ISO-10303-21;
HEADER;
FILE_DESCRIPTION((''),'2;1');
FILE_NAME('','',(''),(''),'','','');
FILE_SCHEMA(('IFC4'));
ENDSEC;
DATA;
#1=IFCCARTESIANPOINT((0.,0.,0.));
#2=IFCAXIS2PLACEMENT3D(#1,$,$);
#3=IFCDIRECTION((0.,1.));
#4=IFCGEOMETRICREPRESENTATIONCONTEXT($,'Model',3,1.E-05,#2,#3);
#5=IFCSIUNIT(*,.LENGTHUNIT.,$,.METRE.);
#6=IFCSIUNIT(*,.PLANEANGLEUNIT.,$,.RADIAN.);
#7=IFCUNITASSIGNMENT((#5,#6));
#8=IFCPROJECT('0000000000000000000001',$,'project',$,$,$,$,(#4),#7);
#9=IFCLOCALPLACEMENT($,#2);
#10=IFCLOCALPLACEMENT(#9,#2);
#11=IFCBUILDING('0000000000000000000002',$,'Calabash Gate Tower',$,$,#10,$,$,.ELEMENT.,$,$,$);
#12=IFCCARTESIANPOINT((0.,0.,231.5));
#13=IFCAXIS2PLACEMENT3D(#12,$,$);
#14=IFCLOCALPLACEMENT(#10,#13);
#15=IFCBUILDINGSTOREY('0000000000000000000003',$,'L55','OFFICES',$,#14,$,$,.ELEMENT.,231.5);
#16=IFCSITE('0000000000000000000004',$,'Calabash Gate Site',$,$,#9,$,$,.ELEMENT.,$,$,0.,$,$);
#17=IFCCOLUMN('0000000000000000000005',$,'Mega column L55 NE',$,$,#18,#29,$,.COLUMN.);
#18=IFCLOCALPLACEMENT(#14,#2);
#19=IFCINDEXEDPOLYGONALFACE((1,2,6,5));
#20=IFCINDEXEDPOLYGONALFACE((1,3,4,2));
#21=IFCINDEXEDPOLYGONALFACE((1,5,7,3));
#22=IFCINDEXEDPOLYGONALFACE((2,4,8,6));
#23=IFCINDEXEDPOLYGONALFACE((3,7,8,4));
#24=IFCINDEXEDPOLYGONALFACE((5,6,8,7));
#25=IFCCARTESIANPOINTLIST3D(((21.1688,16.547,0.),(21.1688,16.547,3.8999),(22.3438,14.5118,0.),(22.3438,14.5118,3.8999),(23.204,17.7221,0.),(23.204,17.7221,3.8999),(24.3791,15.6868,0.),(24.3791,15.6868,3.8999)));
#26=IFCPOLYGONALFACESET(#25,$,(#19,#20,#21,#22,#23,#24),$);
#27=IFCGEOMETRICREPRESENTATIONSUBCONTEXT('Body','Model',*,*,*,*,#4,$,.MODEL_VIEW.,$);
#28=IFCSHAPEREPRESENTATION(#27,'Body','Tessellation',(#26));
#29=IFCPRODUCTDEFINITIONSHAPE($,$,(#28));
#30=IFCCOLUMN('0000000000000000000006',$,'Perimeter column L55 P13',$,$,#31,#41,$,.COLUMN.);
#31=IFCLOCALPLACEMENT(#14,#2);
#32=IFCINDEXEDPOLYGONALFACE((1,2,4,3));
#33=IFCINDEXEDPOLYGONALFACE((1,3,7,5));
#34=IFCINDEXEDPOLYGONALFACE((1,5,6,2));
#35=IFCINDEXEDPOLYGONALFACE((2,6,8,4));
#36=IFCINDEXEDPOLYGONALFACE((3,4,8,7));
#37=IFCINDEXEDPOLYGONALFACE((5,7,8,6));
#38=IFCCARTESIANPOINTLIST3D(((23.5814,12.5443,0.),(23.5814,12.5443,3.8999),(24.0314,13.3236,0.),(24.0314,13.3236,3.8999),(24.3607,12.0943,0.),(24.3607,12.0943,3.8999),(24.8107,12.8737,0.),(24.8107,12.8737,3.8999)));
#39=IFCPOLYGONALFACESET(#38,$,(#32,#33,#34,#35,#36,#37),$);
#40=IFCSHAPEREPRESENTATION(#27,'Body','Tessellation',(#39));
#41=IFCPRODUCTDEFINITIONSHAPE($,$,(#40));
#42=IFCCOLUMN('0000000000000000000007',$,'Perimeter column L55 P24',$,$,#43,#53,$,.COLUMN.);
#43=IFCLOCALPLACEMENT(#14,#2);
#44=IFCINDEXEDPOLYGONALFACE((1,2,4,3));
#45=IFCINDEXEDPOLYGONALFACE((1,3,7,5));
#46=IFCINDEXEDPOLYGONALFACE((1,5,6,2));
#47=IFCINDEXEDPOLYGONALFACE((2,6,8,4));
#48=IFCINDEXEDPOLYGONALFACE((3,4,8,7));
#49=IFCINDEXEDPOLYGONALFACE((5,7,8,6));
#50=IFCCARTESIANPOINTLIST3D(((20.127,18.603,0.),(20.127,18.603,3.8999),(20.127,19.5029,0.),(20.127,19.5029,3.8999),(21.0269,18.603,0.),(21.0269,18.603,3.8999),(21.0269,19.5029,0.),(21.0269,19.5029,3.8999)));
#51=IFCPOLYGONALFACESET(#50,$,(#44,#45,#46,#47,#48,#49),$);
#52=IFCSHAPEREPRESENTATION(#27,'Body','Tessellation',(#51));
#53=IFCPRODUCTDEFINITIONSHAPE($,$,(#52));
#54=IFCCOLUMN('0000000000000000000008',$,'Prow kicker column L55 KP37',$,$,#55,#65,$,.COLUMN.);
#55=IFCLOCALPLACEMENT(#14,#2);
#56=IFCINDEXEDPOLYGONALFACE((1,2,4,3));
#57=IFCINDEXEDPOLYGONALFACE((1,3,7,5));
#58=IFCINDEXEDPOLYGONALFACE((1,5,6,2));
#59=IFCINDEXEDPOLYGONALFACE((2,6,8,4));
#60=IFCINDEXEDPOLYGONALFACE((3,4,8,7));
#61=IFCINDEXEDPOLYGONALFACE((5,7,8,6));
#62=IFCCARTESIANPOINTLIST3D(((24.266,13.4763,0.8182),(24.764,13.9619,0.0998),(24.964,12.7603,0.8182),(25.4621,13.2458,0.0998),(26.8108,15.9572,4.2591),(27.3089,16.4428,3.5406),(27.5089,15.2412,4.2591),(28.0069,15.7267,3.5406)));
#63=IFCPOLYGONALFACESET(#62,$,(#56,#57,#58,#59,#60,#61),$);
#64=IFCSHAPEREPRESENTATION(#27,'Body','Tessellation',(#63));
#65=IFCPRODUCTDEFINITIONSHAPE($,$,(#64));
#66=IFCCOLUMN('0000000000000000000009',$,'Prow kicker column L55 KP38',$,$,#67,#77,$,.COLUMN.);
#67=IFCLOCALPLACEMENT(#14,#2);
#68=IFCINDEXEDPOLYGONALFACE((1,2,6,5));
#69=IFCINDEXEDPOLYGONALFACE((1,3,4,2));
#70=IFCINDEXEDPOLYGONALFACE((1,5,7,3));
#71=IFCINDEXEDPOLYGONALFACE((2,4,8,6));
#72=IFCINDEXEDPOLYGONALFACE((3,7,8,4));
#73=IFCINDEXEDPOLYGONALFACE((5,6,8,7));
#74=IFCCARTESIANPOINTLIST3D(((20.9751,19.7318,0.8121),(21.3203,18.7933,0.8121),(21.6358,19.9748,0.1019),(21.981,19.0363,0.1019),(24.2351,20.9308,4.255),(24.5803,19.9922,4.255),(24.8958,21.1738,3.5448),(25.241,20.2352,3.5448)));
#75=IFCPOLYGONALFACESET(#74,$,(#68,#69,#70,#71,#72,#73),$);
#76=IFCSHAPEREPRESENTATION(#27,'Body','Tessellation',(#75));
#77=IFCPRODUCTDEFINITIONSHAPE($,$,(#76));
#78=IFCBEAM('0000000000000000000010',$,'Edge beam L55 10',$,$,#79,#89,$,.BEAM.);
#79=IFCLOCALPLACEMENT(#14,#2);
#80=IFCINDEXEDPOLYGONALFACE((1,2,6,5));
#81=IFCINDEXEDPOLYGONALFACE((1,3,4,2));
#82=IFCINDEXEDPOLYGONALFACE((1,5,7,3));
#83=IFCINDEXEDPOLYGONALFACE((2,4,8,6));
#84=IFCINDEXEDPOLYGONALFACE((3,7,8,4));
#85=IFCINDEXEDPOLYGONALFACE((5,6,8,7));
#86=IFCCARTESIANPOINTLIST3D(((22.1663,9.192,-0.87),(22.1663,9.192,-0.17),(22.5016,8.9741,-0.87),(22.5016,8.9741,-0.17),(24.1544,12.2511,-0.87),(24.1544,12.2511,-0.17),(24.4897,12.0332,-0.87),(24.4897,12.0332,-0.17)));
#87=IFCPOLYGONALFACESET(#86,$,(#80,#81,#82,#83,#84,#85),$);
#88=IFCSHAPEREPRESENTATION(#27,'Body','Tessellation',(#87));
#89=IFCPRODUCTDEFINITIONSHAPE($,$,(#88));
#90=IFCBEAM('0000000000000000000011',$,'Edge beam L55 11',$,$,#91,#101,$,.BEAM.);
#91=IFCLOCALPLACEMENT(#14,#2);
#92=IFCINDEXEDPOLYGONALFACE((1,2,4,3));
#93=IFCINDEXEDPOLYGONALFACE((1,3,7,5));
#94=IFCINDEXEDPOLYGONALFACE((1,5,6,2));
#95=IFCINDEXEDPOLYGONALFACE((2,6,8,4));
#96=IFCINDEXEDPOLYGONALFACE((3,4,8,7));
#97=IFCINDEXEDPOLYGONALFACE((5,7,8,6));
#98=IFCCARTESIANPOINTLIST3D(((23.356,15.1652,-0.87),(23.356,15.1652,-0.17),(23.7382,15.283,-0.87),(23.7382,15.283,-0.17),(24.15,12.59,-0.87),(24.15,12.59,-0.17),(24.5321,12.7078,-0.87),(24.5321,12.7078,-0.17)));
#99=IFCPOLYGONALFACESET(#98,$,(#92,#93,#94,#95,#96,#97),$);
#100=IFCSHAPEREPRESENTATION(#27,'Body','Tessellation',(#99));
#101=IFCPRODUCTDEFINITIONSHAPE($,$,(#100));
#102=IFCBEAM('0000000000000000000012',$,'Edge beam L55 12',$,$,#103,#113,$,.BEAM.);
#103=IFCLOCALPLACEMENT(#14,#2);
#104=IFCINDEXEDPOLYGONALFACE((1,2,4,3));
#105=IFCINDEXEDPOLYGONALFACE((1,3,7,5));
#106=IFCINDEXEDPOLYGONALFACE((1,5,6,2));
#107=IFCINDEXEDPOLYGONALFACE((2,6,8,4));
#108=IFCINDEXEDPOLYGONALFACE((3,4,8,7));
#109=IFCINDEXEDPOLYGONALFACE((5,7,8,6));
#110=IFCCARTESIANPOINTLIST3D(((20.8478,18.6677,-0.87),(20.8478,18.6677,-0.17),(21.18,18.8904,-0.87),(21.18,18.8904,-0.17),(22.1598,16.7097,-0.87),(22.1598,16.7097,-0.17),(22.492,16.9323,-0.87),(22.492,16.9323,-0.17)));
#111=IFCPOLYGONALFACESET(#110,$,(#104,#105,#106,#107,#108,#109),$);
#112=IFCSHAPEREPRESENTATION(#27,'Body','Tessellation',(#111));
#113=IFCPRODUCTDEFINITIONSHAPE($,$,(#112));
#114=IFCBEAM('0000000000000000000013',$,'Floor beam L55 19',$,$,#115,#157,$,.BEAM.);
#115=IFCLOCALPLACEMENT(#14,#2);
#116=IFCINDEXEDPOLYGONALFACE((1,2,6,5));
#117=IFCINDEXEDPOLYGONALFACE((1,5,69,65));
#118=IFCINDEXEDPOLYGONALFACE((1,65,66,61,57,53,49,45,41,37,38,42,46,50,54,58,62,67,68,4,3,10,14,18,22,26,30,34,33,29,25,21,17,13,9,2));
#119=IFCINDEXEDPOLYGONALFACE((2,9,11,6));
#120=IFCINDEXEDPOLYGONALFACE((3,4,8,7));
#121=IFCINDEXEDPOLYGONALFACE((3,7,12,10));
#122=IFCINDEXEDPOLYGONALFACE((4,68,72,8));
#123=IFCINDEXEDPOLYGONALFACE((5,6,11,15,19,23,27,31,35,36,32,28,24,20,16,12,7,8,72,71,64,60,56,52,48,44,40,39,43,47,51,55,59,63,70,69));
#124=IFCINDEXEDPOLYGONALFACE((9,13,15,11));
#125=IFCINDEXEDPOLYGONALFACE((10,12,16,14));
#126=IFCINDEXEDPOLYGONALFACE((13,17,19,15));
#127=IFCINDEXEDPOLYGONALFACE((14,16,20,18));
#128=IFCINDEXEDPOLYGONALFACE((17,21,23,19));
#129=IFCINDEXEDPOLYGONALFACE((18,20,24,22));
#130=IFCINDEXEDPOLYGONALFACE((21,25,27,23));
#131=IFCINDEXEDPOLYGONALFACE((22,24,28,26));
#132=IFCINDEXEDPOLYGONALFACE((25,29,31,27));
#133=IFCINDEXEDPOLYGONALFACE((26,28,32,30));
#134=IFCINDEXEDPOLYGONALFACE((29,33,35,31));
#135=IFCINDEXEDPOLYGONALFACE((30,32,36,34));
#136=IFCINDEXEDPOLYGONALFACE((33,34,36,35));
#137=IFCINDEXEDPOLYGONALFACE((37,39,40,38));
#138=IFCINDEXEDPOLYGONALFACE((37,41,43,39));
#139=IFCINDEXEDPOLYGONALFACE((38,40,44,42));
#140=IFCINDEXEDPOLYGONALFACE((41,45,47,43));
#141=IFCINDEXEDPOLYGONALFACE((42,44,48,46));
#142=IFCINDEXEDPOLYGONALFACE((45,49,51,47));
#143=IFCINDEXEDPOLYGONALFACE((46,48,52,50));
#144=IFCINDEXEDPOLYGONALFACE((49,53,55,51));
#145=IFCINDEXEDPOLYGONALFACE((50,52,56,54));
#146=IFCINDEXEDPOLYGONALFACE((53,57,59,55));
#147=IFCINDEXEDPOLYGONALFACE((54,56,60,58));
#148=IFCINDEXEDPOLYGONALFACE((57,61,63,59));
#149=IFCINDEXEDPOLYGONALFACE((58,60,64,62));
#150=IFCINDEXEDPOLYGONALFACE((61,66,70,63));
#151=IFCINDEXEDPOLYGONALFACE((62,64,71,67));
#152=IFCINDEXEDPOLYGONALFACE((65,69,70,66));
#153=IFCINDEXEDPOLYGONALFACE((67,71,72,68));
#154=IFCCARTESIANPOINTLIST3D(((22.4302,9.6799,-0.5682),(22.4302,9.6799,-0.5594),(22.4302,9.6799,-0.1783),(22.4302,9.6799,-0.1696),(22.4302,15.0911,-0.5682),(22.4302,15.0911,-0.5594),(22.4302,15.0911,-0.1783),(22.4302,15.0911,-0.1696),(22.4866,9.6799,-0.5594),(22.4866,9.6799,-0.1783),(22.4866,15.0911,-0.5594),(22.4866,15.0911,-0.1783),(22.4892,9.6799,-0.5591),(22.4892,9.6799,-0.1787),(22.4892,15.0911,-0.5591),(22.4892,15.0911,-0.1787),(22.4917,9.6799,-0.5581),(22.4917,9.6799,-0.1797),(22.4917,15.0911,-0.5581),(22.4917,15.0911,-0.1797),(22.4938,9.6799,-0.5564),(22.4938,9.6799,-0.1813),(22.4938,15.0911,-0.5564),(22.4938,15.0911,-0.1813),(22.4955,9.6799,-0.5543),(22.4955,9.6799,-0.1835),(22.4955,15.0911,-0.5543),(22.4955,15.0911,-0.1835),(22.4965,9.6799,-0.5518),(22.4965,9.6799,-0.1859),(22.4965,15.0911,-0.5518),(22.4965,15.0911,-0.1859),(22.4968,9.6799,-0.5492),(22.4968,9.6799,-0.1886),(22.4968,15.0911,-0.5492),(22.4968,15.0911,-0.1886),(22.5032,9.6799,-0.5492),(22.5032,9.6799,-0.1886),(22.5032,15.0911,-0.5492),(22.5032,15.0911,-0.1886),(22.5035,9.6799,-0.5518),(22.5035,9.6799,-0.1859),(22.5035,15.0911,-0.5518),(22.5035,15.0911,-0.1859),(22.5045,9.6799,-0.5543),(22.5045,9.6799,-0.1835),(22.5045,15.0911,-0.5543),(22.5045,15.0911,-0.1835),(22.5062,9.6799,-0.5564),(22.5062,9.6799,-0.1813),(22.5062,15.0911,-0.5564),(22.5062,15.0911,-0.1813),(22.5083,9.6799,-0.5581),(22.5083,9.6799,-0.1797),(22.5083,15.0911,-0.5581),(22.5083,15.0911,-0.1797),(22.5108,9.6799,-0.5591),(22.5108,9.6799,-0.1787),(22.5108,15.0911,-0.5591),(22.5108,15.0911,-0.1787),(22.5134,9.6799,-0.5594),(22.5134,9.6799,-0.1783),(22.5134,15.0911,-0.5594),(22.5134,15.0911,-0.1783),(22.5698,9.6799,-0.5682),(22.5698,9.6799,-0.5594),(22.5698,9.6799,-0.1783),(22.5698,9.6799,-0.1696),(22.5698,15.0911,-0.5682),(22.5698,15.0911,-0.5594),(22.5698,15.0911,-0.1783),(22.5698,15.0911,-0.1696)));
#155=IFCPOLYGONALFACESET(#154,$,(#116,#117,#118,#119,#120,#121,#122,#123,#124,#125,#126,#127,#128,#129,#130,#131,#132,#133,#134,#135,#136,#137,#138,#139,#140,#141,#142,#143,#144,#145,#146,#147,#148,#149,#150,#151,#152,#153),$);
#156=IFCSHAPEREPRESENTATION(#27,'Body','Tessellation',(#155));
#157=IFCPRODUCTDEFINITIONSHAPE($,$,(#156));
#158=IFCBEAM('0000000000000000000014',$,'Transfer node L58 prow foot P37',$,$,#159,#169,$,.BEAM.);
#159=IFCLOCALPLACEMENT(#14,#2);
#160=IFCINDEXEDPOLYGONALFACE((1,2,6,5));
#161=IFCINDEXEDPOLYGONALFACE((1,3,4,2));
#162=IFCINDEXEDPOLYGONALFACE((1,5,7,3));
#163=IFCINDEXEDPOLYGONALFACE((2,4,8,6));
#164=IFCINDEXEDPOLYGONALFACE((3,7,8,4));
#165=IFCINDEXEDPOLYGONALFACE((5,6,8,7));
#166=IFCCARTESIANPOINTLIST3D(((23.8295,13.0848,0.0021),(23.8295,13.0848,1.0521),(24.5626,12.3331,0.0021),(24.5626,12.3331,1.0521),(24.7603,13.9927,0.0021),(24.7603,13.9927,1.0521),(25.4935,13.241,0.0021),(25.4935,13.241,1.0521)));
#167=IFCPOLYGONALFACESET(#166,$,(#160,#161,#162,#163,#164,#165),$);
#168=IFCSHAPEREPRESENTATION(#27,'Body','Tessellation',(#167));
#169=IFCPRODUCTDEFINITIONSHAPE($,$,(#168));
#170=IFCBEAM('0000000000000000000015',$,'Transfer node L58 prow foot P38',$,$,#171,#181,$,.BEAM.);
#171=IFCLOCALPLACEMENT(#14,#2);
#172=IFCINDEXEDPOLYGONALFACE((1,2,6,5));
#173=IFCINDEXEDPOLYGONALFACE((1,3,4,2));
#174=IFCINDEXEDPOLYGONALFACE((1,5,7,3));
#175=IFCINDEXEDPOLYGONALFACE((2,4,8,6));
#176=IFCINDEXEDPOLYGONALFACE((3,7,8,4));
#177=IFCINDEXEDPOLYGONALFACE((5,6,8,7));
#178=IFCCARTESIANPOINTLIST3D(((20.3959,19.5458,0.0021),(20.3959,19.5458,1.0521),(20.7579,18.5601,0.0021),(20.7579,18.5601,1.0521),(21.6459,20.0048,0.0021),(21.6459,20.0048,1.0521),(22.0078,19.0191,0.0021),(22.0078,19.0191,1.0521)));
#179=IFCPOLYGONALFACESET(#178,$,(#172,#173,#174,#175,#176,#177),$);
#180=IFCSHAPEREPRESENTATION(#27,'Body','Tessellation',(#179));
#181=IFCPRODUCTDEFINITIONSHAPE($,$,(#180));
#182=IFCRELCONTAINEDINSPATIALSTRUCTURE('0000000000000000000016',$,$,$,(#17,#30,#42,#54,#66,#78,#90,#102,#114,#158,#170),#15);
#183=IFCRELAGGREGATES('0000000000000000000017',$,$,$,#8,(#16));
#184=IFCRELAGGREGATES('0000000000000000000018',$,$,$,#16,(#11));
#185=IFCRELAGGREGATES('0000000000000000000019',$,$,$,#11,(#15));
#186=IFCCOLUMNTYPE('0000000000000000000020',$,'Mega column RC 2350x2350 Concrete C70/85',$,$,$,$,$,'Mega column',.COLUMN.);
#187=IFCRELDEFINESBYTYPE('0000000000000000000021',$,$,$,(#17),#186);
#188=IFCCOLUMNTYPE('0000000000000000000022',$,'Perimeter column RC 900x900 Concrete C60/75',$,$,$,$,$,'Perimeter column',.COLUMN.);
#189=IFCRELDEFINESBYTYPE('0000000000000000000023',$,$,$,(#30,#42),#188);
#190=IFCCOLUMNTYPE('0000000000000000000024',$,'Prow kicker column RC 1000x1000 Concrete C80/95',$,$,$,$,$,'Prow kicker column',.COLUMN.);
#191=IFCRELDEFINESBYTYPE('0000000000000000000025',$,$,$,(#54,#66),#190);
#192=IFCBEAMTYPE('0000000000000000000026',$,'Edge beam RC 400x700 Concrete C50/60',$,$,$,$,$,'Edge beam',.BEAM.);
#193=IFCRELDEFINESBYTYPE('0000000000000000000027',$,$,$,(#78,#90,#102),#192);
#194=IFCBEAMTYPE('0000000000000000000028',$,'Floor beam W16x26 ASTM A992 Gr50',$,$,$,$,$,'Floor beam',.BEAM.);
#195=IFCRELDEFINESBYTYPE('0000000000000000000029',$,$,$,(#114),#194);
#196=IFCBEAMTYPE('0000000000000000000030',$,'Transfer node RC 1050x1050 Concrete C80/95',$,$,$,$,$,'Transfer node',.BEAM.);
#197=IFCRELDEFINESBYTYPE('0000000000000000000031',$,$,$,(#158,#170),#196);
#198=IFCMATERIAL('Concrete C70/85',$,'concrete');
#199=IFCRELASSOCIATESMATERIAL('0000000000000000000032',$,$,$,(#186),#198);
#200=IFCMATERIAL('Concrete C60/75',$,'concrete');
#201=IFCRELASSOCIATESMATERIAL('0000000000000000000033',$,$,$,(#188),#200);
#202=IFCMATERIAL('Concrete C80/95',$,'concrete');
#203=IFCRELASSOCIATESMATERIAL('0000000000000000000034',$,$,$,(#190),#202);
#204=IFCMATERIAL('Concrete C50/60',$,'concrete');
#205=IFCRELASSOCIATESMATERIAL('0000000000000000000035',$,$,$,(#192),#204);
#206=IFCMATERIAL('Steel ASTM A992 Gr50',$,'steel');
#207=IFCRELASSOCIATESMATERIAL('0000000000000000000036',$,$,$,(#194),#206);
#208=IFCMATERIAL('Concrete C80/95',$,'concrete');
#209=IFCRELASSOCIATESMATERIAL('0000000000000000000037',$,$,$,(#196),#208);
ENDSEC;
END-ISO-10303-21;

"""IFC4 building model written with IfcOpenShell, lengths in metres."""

from ifc_helpers import new_model, si_unit, direction, frame, origin, origin_2d, place, context, subcontext, project, spatial, rectangle, i_section, extrude, material, material_profile, profile_set, type_object, element, save


model = new_model("IFC4")

# Units and contexts
model_context = context("Model", 3, precision=1e-05, world=origin(), true_north=direction((0.0, 1.0)))
body_context = subcontext(model_context, "Body", "Model", "MODEL_VIEW")
ifc_project = project(units=[si_unit("LENGTHUNIT", "METRE"), si_unit("PLANEANGLEUNIT", "RADIAN")], contexts=[model_context])

# Site, building, storey
site_placement = place(None, origin())
site = spatial("IfcSite", under=ifc_project, at=site_placement, Name="Calabash Gate Site", CompositionType="ELEMENT", RefElevation=0.0)
building_placement = place(site_placement, origin())
building = spatial("IfcBuilding", under=site, at=building_placement, Name="Calabash Gate Tower", CompositionType="ELEMENT")
storey_placement = place(building_placement, frame((0.0, 0.0, 231.5)))
storey = spatial("IfcBuildingStorey", under=building, at=storey_placement, Name="L55", Description="OFFICES", CompositionType="ELEMENT", Elevation=231.5)

# Columns
ifc_material_1 = material(Name="Concrete C70/85", Category="concrete")
ifc_material_profile_1 = material_profile(ifc_material_1, rectangle(XDim=2.3501, YDim=2.3501, at=origin_2d()))
ifc_profile_set_1 = profile_set([ifc_material_profile_1], Name="Concrete C70/85")
column_type_1 = type_object("IfcColumnType", Name="Mega column RC 2350x2350 Concrete C70/85", ElementType="Mega column", PredefinedType="COLUMN", material=ifc_profile_set_1)
column_1_placement = place(storey_placement, frame((22.7739, 16.1169, 0.0), z_axis=(0.0, 0.0, 1.0), x_axis=(-0.866025, -0.5, 0.0)))
element("IfcColumn", 1, at=column_1_placement, inside=storey, type_object=column_type_1, Name="Mega column L55 NE", PredefinedType="COLUMN", context=body_context, shape_type="SweptSolid", body=[
    extrude(rectangle(XDim=2.3501, YDim=2.3501, at=origin_2d()), origin(), (0.0, 0.0, 1.0), 3.8999),
])
ifc_material_2 = material(Name="Concrete C60/75", Category="concrete")
ifc_material_profile_2 = material_profile(ifc_material_2, rectangle(XDim=0.8999, YDim=0.8999, at=origin_2d()))
ifc_profile_set_2 = profile_set([ifc_material_profile_2], Name="Concrete C60/75")
column_type_2 = type_object("IfcColumnType", Name="Perimeter column RC 900x900 Concrete C60/75", ElementType="Perimeter column", PredefinedType="COLUMN", material=ifc_profile_set_2)
for number, where, z_axis, x_axis, name in (
    (2, (24.196, 12.709, 0.0), (0.0, 0.0, 1.0), (0.5, 0.866025, 0.0), "Perimeter column L55 P13"),
    (3, (20.5769, 19.053, 0.0), (0.0, 0.0, 1.0), (-1.0, 0.0, 0.0), "Perimeter column L55 P24"),
):
    element("IfcColumn", number, at=place(storey_placement, frame(where, z_axis=z_axis, x_axis=x_axis)), inside=storey, type_object=column_type_2, Name=name, PredefinedType="COLUMN", context=body_context, shape_type="SweptSolid", body=[
        extrude(rectangle(XDim=0.8999, YDim=0.8999, at=origin_2d()), origin(), (0.0, 0.0, 1.0), 3.8999),
    ])
ifc_material_3 = material(Name="Concrete C80/95", Category="concrete")
ifc_material_profile_3 = material_profile(ifc_material_3, rectangle(XDim=1.0, YDim=1.0, at=origin_2d()))
ifc_profile_set_3 = profile_set([ifc_material_profile_3], Name="Concrete C80/95")
column_type_3 = type_object("IfcColumnType", Name="Prow kicker column RC 1000x1000 Concrete C80/95", ElementType="Prow kicker column", PredefinedType="COLUMN", material=ifc_profile_set_3)
column_2_placement = place(storey_placement, frame((24.864, 13.3611, 0.459), z_axis=(0.514449, 0.501519, 0.695572), x_axis=(-0.498063, -0.485545, 0.718456)))
element("IfcColumn", 4, at=column_2_placement, inside=storey, type_object=column_type_3, Name="Prow kicker column L55 KP37", PredefinedType="COLUMN", context=body_context, shape_type="SweptSolid", body=[
    extrude(rectangle(XDim=1.0, YDim=1.0, at=origin_2d()), origin(), (0.0, 0.0, 1.0), 4.9468),
])
column_3_placement = place(storey_placement, frame((21.478, 19.384, 0.457), z_axis=(0.666579, 0.245156, 0.703968), x_axis=(-0.660701, -0.242994, 0.710231)))
element("IfcColumn", 5, at=column_3_placement, inside=storey, type_object=column_type_3, Name="Prow kicker column L55 KP38", PredefinedType="COLUMN", context=body_context, shape_type="SweptSolid", body=[
    extrude(rectangle(XDim=1.0, YDim=1.0, at=origin_2d()), origin(), (0.0, 0.0, 1.0), 4.8906),
])

# Beams
ifc_material_4 = material(Name="Concrete C50/60", Category="concrete")
ifc_material_profile_4 = material_profile(ifc_material_4, rectangle(XDim=0.3999, YDim=0.7, at=origin_2d()))
ifc_profile_set_4 = profile_set([ifc_material_profile_4], Name="Concrete C50/60")
beam_type_1 = type_object("IfcBeamType", Name="Edge beam RC 400x700 Concrete C50/60", ElementType="Edge beam", PredefinedType="BEAM", material=ifc_profile_set_4)
beam_1_placement = place(storey_placement, frame((22.334, 9.083, -0.52), z_axis=(0.544918, 0.838489, 0.0), x_axis=(-0.838489, 0.544918, 0.0)))
element("IfcBeam", 6, at=beam_1_placement, inside=storey, type_object=beam_type_1, Name="Edge beam L55 10", PredefinedType="BEAM", context=body_context, shape_type="SweptSolid", body=[
    extrude(rectangle(XDim=0.3999, YDim=0.7, at=origin_2d()), origin(), (0.0, 0.0, 1.0), 3.6484),
])
beam_2_placement = place(storey_placement, frame((24.3411, 12.6489, -0.52), z_axis=(-0.294621, 0.955614, 0.0), x_axis=(-0.955614, -0.294621, 0.0)))
element("IfcBeam", 7, at=beam_2_placement, inside=storey, type_object=beam_type_1, Name="Edge beam L55 11", PredefinedType="BEAM", context=body_context, shape_type="SweptSolid", body=[
    extrude(rectangle(XDim=0.3999, YDim=0.7, at=origin_2d()), origin(), (0.0, 0.0, 1.0), 2.6948),
])
beam_3_placement = place(storey_placement, frame((22.3259, 16.821, -0.52), z_axis=(-0.556659, 0.830741, 0.0), x_axis=(-0.830741, -0.556659, 0.0)))
element("IfcBeam", 8, at=beam_3_placement, inside=storey, type_object=beam_type_1, Name="Edge beam L55 12", PredefinedType="BEAM", context=body_context, shape_type="SweptSolid", body=[
    extrude(rectangle(XDim=0.3999, YDim=0.7, at=origin_2d()), origin(), (0.0, 0.0, 1.0), 2.3569),
])
ifc_material_5 = material(Name="Steel ASTM A992 Gr50", Category="steel")
ifc_material_profile_5 = material_profile(ifc_material_5, i_section(OverallWidth=0.1396, OverallDepth=0.3987, WebThickness=0.0063, FlangeThickness=0.0088, FilletRadius=0.0103, at=origin_2d()))
ifc_profile_set_5 = profile_set([ifc_material_profile_5], Name="Steel ASTM A992 Gr50")
beam_type_2 = type_object("IfcBeamType", Name="Floor beam W16x26 ASTM A992 Gr50", ElementType="Floor beam", PredefinedType="BEAM", material=ifc_profile_set_5)
beam_4_placement = place(storey_placement, frame((22.5, 9.6799, -0.3689), z_axis=(0.0, 1.0, 0.0), x_axis=(-1.0, 0.0, 0.0)))
element("IfcBeam", 9, at=beam_4_placement, inside=storey, type_object=beam_type_2, Name="Floor beam L55 19", PredefinedType="BEAM", context=body_context, shape_type="SweptSolid", body=[
    extrude(i_section(OverallWidth=0.1396, OverallDepth=0.3987, WebThickness=0.0063, FlangeThickness=0.0088, FilletRadius=0.0103, at=origin_2d()), origin(), (0.0, 0.0, 1.0), 5.4111),
])
ifc_material_6 = material(Name="Concrete C80/95", Category="concrete")
ifc_material_profile_6 = material_profile(ifc_material_6, rectangle(XDim=1.05, YDim=1.05, at=origin_2d()))
ifc_profile_set_6 = profile_set([ifc_material_profile_6], Name="Concrete C80/95")
beam_type_3 = type_object("IfcBeamType", Name="Transfer node RC 1050x1050 Concrete C80/95", ElementType="Transfer node", PredefinedType="BEAM", material=ifc_profile_set_6)
beam_5_placement = place(storey_placement, frame((24.196, 12.709, 0.5271), z_axis=(0.715876, 0.698228, 0.0), x_axis=(-0.698228, 0.715876, 0.0)))
element("IfcBeam", 10, at=beam_5_placement, inside=storey, type_object=beam_type_3, Name="Transfer node L58 prow foot P37", PredefinedType="BEAM", context=body_context, shape_type="SweptSolid", body=[
    extrude(rectangle(XDim=1.05, YDim=1.05, at=origin_2d()), origin(), (0.0, 0.0, 1.0), 1.3003),
])
beam_6_placement = place(storey_placement, frame((20.5769, 19.053, 0.5271), z_axis=(0.938718, 0.344686, 0.0), x_axis=(-0.344686, 0.938718, 0.0)))
element("IfcBeam", 11, at=beam_6_placement, inside=storey, type_object=beam_type_3, Name="Transfer node L58 prow foot P38", PredefinedType="BEAM", context=body_context, shape_type="SweptSolid", body=[
    extrude(rectangle(XDim=1.05, YDim=1.05, at=origin_2d()), origin(), (0.0, 0.0, 1.0), 1.3315),
])

save(model, "model.ifc")
